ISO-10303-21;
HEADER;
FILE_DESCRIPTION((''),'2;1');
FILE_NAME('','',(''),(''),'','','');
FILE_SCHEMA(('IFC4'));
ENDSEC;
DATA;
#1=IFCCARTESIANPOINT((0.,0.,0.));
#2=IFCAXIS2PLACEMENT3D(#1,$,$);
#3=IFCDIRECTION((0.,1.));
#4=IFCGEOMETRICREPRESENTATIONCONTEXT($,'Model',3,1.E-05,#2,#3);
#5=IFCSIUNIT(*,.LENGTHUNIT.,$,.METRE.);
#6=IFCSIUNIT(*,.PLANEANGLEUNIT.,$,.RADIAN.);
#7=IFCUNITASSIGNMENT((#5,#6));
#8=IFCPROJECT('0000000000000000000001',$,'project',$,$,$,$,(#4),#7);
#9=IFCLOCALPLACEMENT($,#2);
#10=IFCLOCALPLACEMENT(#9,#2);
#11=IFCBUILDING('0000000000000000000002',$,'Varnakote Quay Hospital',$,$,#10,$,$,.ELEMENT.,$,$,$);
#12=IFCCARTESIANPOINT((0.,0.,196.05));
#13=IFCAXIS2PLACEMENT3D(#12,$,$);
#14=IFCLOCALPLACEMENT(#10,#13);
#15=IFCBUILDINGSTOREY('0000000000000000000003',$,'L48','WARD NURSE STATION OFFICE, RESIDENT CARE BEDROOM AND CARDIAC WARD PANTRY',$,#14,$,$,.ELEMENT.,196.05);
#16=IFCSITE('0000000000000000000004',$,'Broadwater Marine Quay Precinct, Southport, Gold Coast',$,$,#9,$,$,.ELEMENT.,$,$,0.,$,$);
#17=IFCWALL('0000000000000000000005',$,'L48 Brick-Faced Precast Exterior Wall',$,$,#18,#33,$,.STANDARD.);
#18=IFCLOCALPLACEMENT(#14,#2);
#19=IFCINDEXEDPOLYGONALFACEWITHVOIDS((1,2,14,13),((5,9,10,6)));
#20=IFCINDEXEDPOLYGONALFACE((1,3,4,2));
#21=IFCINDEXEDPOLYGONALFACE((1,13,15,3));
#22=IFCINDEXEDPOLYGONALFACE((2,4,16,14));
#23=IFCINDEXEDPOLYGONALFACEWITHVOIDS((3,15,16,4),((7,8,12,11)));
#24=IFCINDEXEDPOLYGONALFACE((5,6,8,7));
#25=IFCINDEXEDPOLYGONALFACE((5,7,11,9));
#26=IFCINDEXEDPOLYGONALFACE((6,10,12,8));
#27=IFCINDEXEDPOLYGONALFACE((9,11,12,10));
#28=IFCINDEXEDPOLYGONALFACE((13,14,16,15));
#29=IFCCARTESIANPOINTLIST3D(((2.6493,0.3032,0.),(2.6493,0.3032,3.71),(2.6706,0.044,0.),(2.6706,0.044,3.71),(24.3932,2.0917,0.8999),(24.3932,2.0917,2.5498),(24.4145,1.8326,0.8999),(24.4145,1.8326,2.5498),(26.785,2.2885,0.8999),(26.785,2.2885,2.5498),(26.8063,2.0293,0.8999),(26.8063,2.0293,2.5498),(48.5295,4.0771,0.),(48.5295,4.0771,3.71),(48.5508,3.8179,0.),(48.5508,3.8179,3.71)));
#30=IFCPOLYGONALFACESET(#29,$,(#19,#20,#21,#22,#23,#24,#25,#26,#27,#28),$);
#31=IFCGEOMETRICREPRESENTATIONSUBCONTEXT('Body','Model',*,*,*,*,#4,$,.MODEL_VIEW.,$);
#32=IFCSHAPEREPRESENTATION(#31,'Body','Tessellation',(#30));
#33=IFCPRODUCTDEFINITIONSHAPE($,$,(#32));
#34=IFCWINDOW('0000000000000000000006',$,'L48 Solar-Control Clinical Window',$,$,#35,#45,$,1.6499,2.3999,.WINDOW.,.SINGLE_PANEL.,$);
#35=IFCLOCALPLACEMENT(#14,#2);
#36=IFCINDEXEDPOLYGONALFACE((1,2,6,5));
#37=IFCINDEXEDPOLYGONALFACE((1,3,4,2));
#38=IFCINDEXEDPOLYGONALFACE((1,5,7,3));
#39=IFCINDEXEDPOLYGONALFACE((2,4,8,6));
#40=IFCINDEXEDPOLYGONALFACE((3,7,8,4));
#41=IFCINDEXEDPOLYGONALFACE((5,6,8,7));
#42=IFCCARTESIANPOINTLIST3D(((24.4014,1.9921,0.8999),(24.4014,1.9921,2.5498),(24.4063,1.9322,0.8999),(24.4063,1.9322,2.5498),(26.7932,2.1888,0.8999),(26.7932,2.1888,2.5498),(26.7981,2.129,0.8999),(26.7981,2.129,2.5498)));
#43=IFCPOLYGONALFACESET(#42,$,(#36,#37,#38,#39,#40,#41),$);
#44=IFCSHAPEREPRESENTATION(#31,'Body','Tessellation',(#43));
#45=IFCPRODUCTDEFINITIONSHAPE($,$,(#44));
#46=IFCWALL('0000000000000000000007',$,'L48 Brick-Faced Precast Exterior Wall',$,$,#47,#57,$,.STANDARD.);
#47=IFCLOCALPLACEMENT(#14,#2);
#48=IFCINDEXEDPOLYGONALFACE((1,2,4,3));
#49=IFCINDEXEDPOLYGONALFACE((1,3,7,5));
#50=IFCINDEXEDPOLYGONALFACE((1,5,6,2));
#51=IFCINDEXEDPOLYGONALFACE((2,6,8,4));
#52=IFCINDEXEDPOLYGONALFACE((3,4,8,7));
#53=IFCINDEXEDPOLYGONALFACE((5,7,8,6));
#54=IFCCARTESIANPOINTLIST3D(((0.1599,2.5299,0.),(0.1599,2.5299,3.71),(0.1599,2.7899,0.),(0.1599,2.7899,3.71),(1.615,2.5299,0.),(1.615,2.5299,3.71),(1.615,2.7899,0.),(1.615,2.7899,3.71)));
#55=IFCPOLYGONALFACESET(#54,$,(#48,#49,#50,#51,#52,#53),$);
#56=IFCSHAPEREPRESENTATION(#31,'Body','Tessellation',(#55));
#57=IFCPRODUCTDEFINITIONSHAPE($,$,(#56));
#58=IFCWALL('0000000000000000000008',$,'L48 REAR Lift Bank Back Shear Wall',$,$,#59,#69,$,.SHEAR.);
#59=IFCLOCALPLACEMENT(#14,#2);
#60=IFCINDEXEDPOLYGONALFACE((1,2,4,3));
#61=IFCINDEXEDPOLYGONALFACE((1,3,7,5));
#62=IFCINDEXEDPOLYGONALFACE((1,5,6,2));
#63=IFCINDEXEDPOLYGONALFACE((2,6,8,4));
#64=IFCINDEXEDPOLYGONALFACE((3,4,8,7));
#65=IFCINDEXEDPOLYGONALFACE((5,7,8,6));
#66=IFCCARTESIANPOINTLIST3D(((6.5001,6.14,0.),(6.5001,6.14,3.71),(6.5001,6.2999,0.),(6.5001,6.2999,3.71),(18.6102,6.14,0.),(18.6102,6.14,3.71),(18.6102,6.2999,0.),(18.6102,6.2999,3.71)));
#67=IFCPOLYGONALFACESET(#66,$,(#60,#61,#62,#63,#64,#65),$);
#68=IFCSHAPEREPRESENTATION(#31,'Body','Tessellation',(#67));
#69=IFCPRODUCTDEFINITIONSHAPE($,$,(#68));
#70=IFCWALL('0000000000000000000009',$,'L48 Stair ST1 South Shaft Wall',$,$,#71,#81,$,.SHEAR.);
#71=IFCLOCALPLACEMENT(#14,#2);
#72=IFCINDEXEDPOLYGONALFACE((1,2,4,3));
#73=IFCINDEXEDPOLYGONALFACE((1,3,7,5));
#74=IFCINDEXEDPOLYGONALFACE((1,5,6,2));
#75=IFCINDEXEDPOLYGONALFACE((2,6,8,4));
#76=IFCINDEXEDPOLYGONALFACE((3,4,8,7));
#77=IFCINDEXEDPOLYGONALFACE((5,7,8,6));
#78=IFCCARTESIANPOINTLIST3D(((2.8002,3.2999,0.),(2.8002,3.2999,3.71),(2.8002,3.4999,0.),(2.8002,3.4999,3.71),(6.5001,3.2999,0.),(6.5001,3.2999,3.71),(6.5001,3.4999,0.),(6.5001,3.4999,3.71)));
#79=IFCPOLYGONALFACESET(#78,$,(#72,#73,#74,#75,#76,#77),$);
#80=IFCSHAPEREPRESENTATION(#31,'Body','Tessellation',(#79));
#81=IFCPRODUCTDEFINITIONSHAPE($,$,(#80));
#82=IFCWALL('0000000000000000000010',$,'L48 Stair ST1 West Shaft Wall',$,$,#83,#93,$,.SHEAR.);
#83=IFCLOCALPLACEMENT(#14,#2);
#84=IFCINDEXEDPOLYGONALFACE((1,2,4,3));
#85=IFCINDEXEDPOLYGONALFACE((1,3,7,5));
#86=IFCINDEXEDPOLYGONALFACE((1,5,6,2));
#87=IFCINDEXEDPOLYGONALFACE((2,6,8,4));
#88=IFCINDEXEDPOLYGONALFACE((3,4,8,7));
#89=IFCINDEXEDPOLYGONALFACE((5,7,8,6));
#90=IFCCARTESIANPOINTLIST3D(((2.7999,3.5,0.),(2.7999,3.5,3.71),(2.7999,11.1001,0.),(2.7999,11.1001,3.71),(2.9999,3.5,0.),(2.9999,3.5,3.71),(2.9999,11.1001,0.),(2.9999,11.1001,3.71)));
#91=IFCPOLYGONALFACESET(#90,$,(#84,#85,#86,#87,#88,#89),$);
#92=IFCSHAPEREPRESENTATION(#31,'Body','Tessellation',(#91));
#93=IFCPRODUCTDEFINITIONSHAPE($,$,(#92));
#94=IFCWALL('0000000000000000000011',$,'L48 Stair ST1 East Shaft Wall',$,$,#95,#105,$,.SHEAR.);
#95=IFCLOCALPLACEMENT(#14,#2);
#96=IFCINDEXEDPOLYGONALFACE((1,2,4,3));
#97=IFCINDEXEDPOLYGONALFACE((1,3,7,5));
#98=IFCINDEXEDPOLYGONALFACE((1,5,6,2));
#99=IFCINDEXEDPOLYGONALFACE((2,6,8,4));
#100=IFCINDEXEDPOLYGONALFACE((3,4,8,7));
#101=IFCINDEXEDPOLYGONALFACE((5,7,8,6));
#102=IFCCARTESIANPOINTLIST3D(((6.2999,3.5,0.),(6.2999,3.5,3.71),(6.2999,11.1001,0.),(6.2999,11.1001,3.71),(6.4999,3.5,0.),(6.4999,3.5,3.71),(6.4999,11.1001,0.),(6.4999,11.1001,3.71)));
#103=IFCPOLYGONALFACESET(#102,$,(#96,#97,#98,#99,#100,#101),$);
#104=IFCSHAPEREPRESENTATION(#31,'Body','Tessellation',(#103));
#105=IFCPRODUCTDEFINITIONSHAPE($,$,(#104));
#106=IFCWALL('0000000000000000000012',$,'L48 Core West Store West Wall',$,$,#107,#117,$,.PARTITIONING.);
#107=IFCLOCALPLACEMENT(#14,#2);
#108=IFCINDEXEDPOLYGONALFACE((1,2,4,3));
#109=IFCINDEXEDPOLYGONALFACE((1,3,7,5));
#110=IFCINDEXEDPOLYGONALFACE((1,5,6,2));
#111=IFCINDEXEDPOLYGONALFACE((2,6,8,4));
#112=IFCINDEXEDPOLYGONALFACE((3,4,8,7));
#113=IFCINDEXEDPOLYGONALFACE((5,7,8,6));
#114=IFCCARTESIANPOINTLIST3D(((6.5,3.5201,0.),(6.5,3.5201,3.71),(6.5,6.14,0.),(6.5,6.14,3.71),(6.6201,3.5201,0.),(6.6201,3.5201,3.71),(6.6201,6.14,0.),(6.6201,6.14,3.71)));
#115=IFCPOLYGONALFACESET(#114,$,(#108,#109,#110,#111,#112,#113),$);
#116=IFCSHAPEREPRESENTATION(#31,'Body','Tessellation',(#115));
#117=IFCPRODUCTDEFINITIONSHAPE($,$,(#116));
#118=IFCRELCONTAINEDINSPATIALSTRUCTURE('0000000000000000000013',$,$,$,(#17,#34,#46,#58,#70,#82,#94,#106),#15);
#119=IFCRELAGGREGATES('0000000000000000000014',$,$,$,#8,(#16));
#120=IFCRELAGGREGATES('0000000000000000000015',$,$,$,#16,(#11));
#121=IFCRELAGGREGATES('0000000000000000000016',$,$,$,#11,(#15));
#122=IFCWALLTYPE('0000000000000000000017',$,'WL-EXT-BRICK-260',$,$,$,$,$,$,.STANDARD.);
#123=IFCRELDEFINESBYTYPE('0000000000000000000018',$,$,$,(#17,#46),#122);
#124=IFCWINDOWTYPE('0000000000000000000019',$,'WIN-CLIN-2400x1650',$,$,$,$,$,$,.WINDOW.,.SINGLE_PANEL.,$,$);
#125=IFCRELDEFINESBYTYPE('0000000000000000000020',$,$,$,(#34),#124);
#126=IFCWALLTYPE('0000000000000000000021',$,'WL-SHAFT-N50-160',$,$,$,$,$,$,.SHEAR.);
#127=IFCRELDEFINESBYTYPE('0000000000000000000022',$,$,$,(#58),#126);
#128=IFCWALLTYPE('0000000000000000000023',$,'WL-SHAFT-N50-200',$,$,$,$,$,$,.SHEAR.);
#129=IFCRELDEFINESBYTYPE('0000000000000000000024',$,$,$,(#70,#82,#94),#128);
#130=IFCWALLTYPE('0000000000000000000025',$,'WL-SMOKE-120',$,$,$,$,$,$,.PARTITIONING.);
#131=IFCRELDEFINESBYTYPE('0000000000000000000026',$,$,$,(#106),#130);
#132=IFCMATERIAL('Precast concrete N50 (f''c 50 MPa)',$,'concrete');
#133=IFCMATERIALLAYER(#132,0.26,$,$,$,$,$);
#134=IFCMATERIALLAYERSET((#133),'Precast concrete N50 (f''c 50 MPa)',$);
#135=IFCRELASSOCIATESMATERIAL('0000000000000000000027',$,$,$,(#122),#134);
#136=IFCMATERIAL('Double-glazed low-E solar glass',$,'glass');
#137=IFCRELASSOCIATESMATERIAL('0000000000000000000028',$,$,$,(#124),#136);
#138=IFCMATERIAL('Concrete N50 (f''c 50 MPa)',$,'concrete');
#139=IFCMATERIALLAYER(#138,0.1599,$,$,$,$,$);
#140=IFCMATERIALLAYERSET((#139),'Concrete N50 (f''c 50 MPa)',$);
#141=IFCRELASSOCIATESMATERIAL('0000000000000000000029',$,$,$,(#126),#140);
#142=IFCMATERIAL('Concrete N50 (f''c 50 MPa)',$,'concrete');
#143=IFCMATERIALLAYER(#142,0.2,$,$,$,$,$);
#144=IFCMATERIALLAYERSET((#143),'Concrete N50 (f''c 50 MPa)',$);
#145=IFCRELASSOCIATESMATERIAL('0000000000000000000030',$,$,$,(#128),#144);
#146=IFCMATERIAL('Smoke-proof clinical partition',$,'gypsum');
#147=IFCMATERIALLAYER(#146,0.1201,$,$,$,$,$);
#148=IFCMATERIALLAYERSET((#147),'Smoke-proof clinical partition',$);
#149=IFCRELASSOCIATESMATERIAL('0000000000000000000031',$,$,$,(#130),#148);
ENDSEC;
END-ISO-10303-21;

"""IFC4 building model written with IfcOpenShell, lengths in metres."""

from ifc_helpers import new_model, si_unit, direction, frame, frame_2d, origin, place, context, subcontext, project, spatial, rectangle, extrude, material, layer, layer_set, type_object, element, fill, save


model = new_model("IFC4")

# Units and contexts
model_context = context("Model", 3, precision=1e-05, world=origin(), true_north=direction((0.0, 1.0)))
body_context = subcontext(model_context, "Body", "Model", "MODEL_VIEW")
ifc_project = project(units=[si_unit("LENGTHUNIT", "METRE"), si_unit("PLANEANGLEUNIT", "RADIAN")], contexts=[model_context])

# Site, building, storey
site_placement = place(None, origin())
site = spatial("IfcSite", under=ifc_project, at=site_placement, Name="Broadwater Marine Quay Precinct, Southport, Gold Coast", CompositionType="ELEMENT", RefElevation=0.0)
building_placement = place(site_placement, origin())
building = spatial("IfcBuilding", under=site, at=building_placement, Name="Varnakote Quay Hospital", CompositionType="ELEMENT")
storey_placement = place(building_placement, frame((0.0, 0.0, 196.05)))
storey = spatial("IfcBuildingStorey", under=building, at=storey_placement, Name="L48", Description="WARD NURSE STATION OFFICE, RESIDENT CARE BEDROOM AND CARDIAC WARD PANTRY", CompositionType="ELEMENT", Elevation=196.05)

# Shared definitions
ifc_material_1 = material(Name="Precast concrete N50 (f'c 50 MPa)", Category="concrete")
ifc_layer_1 = layer(ifc_material_1, 0.26)
ifc_layer_set_1 = layer_set([ifc_layer_1], Name="Precast concrete N50 (f'c 50 MPa)")
wall_type_1 = type_object("IfcWallType", Name="WL-EXT-BRICK-260", PredefinedType="STANDARD", material=ifc_layer_set_1)

# Wall, opening, window
wall_1_placement = place(storey_placement, frame((2.6599, 0.1736, 0.0), z_axis=(0.0, 0.0, 1.0), x_axis=(0.996634, 0.081979, 0.0)))
wall_1 = element("IfcWall", 1, at=wall_1_placement, inside=storey, type_object=wall_type_1, Name="L48 Brick-Faced Precast Exterior Wall", PredefinedType="STANDARD", context=body_context, shape_type="SweptSolid", body=[
    extrude(rectangle(XDim=46.0352, YDim=0.26, at=frame_2d((23.0176, 0.0))), origin(), (0.0, 0.0, 1.0), 3.71),
])
opening_placement = place(wall_1_placement, frame((21.8174, 0.0, 0.8999)))
opening = element("IfcOpeningElement", 2, at=opening_placement, cuts=wall_1, PredefinedType="OPENING", context=body_context, shape_type="SweptSolid", body=[
    extrude(rectangle(XDim=2.3999, YDim=1.6499, at=frame_2d((1.2, 0.825))), frame((0.0, 0.1399, 0.0), z_axis=(0.0, -1.0, 0.0), x_axis=(1.0, 0.0, 0.0)), (0.0, 0.0, 1.0), 0.28),
])
ifc_material_2 = material(Name="Double-glazed low-E solar glass", Category="glass")
window_type = type_object("IfcWindowType", Name="WIN-CLIN-2400x1650", PartitioningType="SINGLE_PANEL", PredefinedType="WINDOW", material=ifc_material_2)
window_placement = place(opening_placement, origin())
window = element("IfcWindow", 3, at=window_placement, inside=storey, type_object=window_type, Name="L48 Solar-Control Clinical Window", OverallHeight=1.6499, OverallWidth=2.3999, PartitioningType="SINGLE_PANEL", PredefinedType="WINDOW", context=body_context, shape_type="SweptSolid", body=[
    extrude(rectangle(XDim=2.3999, YDim=1.6499, at=frame_2d((1.2, 0.825))), frame((0.0, 0.03, 0.0), z_axis=(0.0, -1.0, 0.0), x_axis=(1.0, 0.0, 0.0)), (0.0, 0.0, 1.0), 0.0601),
])
fill(opening, window)

# Walls
wall_2_placement = place(storey_placement, frame((0.1599, 2.6599, 0.0), z_axis=(0.0, 0.0, 1.0), x_axis=(1.0, 0.0, 0.0)))
element("IfcWall", 4, at=wall_2_placement, inside=storey, type_object=wall_type_1, Name="L48 Brick-Faced Precast Exterior Wall", PredefinedType="STANDARD", context=body_context, shape_type="SweptSolid", body=[
    extrude(rectangle(XDim=1.4551, YDim=0.26, at=frame_2d((0.7275, 0.0))), origin(), (0.0, 0.0, 1.0), 3.71),
])
ifc_material_3 = material(Name="Concrete N50 (f'c 50 MPa)", Category="concrete")
ifc_layer_2 = layer(ifc_material_3, 0.1599)
ifc_layer_set_2 = layer_set([ifc_layer_2], Name="Concrete N50 (f'c 50 MPa)")
wall_type_2 = type_object("IfcWallType", Name="WL-SHAFT-N50-160", PredefinedType="SHEAR", material=ifc_layer_set_2)
wall_3_placement = place(storey_placement, frame((6.5, 6.22, 0.0), z_axis=(0.0, 0.0, 1.0), x_axis=(1.0, 0.0, 0.0)))
element("IfcWall", 5, at=wall_3_placement, inside=storey, type_object=wall_type_2, Name="L48 REAR Lift Bank Back Shear Wall", PredefinedType="SHEAR", context=body_context, shape_type="SweptSolid", body=[
    extrude(rectangle(XDim=12.1101, YDim=0.1599, at=frame_2d((6.0552, 0.0))), origin(), (0.0, 0.0, 1.0), 3.71),
])
ifc_material_4 = material(Name="Concrete N50 (f'c 50 MPa)", Category="concrete")
ifc_layer_3 = layer(ifc_material_4, 0.2)
ifc_layer_set_3 = layer_set([ifc_layer_3], Name="Concrete N50 (f'c 50 MPa)")
wall_type_3 = type_object("IfcWallType", Name="WL-SHAFT-N50-200", PredefinedType="SHEAR", material=ifc_layer_set_3)
wall_4_placement = place(storey_placement, frame((2.8, 3.3999, 0.0), z_axis=(0.0, 0.0, 1.0), x_axis=(1.0, 0.0, 0.0)))
element("IfcWall", 6, at=wall_4_placement, inside=storey, type_object=wall_type_3, Name="L48 Stair ST1 South Shaft Wall", PredefinedType="SHEAR", context=body_context, shape_type="SweptSolid", body=[
    extrude(rectangle(XDim=3.7, YDim=0.2, at=frame_2d((1.8501, 0.0))), origin(), (0.0, 0.0, 1.0), 3.71),
])
for number, where, z_axis, x_axis, name in (
    (7, (2.8999, 3.5, 0.0), (0.0, 0.0, 1.0), (0.0, 1.0, 0.0), "L48 Stair ST1 West Shaft Wall"),
    (8, (6.3999, 3.5, 0.0), (0.0, 0.0, 1.0), (0.0, 1.0, 0.0), "L48 Stair ST1 East Shaft Wall"),
):
    element("IfcWall", number, at=place(storey_placement, frame(where, z_axis=z_axis, x_axis=x_axis)), inside=storey, type_object=wall_type_3, Name=name, PredefinedType="SHEAR", context=body_context, shape_type="SweptSolid", body=[
        extrude(rectangle(XDim=7.6001, YDim=0.2, at=frame_2d((3.8, 0.0))), origin(), (0.0, 0.0, 1.0), 3.71),
    ])
ifc_material_5 = material(Name="Smoke-proof clinical partition", Category="gypsum")
ifc_layer_4 = layer(ifc_material_5, 0.1201)
ifc_layer_set_4 = layer_set([ifc_layer_4], Name="Smoke-proof clinical partition")
wall_type_4 = type_object("IfcWallType", Name="WL-SMOKE-120", PredefinedType="PARTITIONING", material=ifc_layer_set_4)
wall_5_placement = place(storey_placement, frame((6.5601, 3.52, 0.0), z_axis=(0.0, 0.0, 1.0), x_axis=(0.0, 1.0, 0.0)))
element("IfcWall", 9, at=wall_5_placement, inside=storey, type_object=wall_type_4, Name="L48 Core West Store West Wall", PredefinedType="PARTITIONING", context=body_context, shape_type="SweptSolid", body=[
    extrude(rectangle(XDim=2.6199, YDim=0.1201, at=frame_2d((1.3101, 0.0))), origin(), (0.0, 0.0, 1.0), 3.71),
])

save(model, "model.ifc")
